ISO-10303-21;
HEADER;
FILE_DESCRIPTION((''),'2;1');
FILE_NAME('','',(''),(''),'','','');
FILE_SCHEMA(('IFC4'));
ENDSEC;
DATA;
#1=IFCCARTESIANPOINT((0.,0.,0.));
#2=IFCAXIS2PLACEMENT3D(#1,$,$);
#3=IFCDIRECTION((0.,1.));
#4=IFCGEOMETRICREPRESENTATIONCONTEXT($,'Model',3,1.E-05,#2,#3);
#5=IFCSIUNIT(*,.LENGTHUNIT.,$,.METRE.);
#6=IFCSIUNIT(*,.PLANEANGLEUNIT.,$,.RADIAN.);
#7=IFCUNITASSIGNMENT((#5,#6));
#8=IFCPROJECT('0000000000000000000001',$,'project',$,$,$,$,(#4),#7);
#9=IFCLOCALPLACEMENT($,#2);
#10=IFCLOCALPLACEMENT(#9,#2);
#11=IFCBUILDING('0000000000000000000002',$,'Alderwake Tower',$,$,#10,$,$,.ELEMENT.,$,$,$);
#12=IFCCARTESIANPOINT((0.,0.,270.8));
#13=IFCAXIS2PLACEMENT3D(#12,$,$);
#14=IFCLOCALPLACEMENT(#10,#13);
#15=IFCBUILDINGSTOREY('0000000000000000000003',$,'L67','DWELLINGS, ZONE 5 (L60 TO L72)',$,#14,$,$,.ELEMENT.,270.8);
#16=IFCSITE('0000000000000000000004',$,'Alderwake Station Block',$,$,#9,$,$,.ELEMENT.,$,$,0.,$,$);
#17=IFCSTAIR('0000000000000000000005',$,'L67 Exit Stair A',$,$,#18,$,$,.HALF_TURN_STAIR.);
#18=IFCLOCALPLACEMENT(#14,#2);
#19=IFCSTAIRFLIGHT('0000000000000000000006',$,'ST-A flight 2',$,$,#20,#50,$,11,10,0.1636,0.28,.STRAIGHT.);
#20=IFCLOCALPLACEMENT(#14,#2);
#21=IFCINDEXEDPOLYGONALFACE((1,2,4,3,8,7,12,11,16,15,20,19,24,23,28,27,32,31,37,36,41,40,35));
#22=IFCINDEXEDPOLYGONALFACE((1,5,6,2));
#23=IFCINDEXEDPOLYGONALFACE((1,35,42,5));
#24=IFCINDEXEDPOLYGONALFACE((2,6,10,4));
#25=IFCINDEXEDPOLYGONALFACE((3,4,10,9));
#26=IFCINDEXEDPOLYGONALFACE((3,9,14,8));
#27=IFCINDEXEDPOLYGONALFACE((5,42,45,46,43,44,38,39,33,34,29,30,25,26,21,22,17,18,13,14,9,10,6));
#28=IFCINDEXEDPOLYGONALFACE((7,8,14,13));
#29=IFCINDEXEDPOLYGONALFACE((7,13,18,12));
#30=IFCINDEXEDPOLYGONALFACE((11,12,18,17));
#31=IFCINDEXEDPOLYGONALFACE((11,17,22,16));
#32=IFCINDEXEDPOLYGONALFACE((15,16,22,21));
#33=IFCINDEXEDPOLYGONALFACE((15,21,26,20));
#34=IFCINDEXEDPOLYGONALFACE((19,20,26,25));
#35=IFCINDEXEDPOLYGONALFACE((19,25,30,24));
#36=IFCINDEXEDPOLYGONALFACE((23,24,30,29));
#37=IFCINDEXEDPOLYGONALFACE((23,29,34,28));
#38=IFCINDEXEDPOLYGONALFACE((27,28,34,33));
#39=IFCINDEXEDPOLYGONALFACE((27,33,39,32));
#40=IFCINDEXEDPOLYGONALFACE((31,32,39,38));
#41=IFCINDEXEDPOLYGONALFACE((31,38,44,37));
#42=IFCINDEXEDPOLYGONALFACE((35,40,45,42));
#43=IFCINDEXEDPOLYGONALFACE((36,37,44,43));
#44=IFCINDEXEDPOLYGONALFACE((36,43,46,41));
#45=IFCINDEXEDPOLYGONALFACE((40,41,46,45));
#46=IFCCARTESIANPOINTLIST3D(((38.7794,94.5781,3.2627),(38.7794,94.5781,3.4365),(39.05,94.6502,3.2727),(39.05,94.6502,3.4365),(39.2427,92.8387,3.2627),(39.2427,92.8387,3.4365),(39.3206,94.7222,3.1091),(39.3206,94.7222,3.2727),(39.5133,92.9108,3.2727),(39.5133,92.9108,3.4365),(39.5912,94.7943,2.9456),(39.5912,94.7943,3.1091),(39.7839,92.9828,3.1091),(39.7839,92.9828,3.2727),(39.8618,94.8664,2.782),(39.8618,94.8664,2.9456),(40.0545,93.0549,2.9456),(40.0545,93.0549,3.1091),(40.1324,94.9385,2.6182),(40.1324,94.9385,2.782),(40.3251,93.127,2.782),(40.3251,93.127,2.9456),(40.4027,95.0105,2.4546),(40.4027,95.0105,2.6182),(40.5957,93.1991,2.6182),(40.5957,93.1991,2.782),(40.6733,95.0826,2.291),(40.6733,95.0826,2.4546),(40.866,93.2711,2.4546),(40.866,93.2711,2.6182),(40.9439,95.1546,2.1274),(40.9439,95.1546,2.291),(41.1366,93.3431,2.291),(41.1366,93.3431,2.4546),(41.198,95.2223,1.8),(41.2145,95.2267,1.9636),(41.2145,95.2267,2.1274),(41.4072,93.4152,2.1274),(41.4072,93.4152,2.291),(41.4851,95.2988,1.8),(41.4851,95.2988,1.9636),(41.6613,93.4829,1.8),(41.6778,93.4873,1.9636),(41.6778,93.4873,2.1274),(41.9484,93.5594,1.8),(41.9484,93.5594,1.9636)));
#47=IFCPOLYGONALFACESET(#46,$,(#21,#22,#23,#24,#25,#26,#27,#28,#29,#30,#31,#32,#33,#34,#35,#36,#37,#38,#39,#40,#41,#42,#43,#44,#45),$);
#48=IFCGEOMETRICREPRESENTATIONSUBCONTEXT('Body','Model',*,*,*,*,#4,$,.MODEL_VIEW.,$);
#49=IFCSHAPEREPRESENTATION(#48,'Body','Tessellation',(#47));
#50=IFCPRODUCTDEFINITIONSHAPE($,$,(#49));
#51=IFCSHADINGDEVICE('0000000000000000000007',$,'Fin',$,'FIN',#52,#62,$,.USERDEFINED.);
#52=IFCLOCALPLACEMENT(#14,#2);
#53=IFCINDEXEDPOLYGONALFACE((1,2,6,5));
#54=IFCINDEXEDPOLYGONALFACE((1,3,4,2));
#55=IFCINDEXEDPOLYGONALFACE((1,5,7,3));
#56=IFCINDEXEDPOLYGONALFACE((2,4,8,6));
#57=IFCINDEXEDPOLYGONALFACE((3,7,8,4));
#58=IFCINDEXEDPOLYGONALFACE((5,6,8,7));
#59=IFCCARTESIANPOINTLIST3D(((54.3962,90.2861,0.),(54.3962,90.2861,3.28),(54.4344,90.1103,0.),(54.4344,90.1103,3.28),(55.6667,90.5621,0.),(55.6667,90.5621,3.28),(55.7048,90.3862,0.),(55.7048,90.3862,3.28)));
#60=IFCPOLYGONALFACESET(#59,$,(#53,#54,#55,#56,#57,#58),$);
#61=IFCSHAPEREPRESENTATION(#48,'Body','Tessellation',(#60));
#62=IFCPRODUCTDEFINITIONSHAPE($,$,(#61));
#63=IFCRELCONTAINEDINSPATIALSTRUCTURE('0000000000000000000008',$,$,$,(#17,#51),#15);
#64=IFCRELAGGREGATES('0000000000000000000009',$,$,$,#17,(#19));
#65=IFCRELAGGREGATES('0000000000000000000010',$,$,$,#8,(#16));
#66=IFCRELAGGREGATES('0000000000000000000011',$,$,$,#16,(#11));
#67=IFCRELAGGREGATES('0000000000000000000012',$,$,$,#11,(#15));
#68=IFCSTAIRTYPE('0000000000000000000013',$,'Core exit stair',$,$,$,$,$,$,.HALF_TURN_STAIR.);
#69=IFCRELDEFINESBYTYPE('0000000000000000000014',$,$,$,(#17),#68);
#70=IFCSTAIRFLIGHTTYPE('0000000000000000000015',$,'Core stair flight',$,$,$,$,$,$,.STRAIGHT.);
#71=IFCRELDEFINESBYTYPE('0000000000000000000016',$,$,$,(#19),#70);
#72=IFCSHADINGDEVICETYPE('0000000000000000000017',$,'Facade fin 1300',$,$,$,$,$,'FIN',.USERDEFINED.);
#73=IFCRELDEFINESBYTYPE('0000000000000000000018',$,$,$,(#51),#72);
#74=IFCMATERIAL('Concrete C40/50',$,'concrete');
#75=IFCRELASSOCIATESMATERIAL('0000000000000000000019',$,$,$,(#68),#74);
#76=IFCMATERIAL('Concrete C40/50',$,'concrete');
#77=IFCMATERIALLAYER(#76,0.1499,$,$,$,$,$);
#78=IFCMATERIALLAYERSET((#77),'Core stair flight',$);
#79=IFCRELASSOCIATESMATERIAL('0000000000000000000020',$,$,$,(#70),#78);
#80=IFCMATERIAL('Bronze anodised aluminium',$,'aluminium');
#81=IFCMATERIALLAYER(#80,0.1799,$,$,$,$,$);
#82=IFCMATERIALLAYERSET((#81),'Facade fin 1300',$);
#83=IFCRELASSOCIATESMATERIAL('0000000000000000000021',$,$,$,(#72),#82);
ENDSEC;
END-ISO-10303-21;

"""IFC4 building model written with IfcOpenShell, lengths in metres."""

from ifc_helpers import new_model, si_unit, direction, frame, origin, origin_2d, place, context, subcontext, project, spatial, polyline, rectangle, outline, extrude, material, layer, layer_set, type_object, element, aggregate, save


model = new_model("IFC4")

# Units and contexts
model_context = context("Model", 3, precision=1e-05, world=origin(), true_north=direction((0.0, 1.0)))
body_context = subcontext(model_context, "Body", "Model", "MODEL_VIEW")
ifc_project = project(units=[si_unit("LENGTHUNIT", "METRE"), si_unit("PLANEANGLEUNIT", "RADIAN")], contexts=[model_context])

# Site, building, storey
site_placement = place(None, origin())
site = spatial("IfcSite", under=ifc_project, at=site_placement, Name="Alderwake Station Block", CompositionType="ELEMENT", RefElevation=0.0)
building_placement = place(site_placement, origin())
building = spatial("IfcBuilding", under=site, at=building_placement, Name="Alderwake Tower", CompositionType="ELEMENT")
storey_placement = place(building_placement, frame((0.0, 0.0, 270.8)))
storey = spatial("IfcBuildingStorey", under=building, at=storey_placement, Name="L67", Description="DWELLINGS, ZONE 5 (L60 TO L72)", CompositionType="ELEMENT", Elevation=270.8)

# Stair, stair flight
ifc_material_1 = material(Name="Concrete C40/50", Category="concrete")
stair_type = type_object("IfcStairType", Name="Core exit stair", PredefinedType="HALF_TURN_STAIR", material=ifc_material_1)
stair_placement = place(storey_placement, origin())
stair = element("IfcStair", 1, at=stair_placement, inside=storey, type_object=stair_type, Name="L67 Exit Stair A", PredefinedType="HALF_TURN_STAIR")
ifc_material_2 = material(Name="Concrete C40/50", Category="concrete")
ifc_layer_1 = layer(ifc_material_2, 0.1499)
ifc_layer_set_1 = layer_set([ifc_layer_1], Name="Core stair flight")
stair_flight_type = type_object("IfcStairFlightType", Name="Core stair flight", PredefinedType="STRAIGHT", material=ifc_layer_set_1)
stair_flight_1_placement = place(storey_placement, frame((41.7168, 94.429, 1.8), z_axis=(0.0, 0.0, 1.0), x_axis=(-0.96631, -0.257382, 0.0)))
stair_flight_1 = element("IfcStairFlight", 2, at=stair_flight_1_placement, type_object=stair_flight_type, Name="ST-A flight 2", NumberOfRisers=11, NumberOfTreads=10, PredefinedType="STRAIGHT", RiserHeight=0.1636, TreadLength=0.28, context=body_context, shape_type="SweptSolid", body=[
    extrude(outline(polyline([(0.0, 0.0), (0.0, 0.1636), (0.28, 0.1636), (0.28, 0.3274), (0.5601, 0.3274), (0.5601, 0.491), (0.8401, 0.491), (0.8401, 0.6545), (1.1201, 0.6545), (1.1201, 0.8181), (1.3999, 0.8181), (1.3999, 0.9819), (1.6799, 0.9819), (1.6799, 1.1455), (1.96, 1.1455), (1.96, 1.3091), (2.24, 1.3091), (2.24, 1.4727), (2.52, 1.4727), (2.52, 1.6365), (2.8, 1.6365), (2.8, 1.8), (2.8, 1.4626), (0.2971, 0.0), (0.0, 0.0)])), frame((0.0, 0.8999, 0.0), z_axis=(0.0, -1.0, 0.0), x_axis=(1.0, 0.0, 0.0)), (0.0, 0.0, 1.0), 1.8),
])
aggregate(stair, [stair_flight_1])

# Shading device
ifc_material_3 = material(Name="Bronze anodised aluminium", Category="aluminium")
ifc_layer_2 = layer(ifc_material_3, 0.1799)
ifc_layer_set_2 = layer_set([ifc_layer_2], Name="Facade fin 1300")
shading_device_type = type_object("IfcShadingDeviceType", Name="Facade fin 1300", ElementType="FIN", PredefinedType="USERDEFINED", material=ifc_layer_set_2)
shading_device_placement = place(storey_placement, frame((55.0505, 90.3362, 0.0), z_axis=(0.0, 0.0, 1.0), x_axis=(0.97721, 0.212273, 0.0)))
element("IfcShadingDevice", 3, at=shading_device_placement, inside=storey, type_object=shading_device_type, Name="Fin", ObjectType="FIN", PredefinedType="USERDEFINED", context=body_context, shape_type="SweptSolid", body=[
    extrude(rectangle(XDim=1.3, YDim=0.1799, at=origin_2d()), origin(), (0.0, 0.0, 1.0), 3.28),
])

save(model, "model.ifc")
